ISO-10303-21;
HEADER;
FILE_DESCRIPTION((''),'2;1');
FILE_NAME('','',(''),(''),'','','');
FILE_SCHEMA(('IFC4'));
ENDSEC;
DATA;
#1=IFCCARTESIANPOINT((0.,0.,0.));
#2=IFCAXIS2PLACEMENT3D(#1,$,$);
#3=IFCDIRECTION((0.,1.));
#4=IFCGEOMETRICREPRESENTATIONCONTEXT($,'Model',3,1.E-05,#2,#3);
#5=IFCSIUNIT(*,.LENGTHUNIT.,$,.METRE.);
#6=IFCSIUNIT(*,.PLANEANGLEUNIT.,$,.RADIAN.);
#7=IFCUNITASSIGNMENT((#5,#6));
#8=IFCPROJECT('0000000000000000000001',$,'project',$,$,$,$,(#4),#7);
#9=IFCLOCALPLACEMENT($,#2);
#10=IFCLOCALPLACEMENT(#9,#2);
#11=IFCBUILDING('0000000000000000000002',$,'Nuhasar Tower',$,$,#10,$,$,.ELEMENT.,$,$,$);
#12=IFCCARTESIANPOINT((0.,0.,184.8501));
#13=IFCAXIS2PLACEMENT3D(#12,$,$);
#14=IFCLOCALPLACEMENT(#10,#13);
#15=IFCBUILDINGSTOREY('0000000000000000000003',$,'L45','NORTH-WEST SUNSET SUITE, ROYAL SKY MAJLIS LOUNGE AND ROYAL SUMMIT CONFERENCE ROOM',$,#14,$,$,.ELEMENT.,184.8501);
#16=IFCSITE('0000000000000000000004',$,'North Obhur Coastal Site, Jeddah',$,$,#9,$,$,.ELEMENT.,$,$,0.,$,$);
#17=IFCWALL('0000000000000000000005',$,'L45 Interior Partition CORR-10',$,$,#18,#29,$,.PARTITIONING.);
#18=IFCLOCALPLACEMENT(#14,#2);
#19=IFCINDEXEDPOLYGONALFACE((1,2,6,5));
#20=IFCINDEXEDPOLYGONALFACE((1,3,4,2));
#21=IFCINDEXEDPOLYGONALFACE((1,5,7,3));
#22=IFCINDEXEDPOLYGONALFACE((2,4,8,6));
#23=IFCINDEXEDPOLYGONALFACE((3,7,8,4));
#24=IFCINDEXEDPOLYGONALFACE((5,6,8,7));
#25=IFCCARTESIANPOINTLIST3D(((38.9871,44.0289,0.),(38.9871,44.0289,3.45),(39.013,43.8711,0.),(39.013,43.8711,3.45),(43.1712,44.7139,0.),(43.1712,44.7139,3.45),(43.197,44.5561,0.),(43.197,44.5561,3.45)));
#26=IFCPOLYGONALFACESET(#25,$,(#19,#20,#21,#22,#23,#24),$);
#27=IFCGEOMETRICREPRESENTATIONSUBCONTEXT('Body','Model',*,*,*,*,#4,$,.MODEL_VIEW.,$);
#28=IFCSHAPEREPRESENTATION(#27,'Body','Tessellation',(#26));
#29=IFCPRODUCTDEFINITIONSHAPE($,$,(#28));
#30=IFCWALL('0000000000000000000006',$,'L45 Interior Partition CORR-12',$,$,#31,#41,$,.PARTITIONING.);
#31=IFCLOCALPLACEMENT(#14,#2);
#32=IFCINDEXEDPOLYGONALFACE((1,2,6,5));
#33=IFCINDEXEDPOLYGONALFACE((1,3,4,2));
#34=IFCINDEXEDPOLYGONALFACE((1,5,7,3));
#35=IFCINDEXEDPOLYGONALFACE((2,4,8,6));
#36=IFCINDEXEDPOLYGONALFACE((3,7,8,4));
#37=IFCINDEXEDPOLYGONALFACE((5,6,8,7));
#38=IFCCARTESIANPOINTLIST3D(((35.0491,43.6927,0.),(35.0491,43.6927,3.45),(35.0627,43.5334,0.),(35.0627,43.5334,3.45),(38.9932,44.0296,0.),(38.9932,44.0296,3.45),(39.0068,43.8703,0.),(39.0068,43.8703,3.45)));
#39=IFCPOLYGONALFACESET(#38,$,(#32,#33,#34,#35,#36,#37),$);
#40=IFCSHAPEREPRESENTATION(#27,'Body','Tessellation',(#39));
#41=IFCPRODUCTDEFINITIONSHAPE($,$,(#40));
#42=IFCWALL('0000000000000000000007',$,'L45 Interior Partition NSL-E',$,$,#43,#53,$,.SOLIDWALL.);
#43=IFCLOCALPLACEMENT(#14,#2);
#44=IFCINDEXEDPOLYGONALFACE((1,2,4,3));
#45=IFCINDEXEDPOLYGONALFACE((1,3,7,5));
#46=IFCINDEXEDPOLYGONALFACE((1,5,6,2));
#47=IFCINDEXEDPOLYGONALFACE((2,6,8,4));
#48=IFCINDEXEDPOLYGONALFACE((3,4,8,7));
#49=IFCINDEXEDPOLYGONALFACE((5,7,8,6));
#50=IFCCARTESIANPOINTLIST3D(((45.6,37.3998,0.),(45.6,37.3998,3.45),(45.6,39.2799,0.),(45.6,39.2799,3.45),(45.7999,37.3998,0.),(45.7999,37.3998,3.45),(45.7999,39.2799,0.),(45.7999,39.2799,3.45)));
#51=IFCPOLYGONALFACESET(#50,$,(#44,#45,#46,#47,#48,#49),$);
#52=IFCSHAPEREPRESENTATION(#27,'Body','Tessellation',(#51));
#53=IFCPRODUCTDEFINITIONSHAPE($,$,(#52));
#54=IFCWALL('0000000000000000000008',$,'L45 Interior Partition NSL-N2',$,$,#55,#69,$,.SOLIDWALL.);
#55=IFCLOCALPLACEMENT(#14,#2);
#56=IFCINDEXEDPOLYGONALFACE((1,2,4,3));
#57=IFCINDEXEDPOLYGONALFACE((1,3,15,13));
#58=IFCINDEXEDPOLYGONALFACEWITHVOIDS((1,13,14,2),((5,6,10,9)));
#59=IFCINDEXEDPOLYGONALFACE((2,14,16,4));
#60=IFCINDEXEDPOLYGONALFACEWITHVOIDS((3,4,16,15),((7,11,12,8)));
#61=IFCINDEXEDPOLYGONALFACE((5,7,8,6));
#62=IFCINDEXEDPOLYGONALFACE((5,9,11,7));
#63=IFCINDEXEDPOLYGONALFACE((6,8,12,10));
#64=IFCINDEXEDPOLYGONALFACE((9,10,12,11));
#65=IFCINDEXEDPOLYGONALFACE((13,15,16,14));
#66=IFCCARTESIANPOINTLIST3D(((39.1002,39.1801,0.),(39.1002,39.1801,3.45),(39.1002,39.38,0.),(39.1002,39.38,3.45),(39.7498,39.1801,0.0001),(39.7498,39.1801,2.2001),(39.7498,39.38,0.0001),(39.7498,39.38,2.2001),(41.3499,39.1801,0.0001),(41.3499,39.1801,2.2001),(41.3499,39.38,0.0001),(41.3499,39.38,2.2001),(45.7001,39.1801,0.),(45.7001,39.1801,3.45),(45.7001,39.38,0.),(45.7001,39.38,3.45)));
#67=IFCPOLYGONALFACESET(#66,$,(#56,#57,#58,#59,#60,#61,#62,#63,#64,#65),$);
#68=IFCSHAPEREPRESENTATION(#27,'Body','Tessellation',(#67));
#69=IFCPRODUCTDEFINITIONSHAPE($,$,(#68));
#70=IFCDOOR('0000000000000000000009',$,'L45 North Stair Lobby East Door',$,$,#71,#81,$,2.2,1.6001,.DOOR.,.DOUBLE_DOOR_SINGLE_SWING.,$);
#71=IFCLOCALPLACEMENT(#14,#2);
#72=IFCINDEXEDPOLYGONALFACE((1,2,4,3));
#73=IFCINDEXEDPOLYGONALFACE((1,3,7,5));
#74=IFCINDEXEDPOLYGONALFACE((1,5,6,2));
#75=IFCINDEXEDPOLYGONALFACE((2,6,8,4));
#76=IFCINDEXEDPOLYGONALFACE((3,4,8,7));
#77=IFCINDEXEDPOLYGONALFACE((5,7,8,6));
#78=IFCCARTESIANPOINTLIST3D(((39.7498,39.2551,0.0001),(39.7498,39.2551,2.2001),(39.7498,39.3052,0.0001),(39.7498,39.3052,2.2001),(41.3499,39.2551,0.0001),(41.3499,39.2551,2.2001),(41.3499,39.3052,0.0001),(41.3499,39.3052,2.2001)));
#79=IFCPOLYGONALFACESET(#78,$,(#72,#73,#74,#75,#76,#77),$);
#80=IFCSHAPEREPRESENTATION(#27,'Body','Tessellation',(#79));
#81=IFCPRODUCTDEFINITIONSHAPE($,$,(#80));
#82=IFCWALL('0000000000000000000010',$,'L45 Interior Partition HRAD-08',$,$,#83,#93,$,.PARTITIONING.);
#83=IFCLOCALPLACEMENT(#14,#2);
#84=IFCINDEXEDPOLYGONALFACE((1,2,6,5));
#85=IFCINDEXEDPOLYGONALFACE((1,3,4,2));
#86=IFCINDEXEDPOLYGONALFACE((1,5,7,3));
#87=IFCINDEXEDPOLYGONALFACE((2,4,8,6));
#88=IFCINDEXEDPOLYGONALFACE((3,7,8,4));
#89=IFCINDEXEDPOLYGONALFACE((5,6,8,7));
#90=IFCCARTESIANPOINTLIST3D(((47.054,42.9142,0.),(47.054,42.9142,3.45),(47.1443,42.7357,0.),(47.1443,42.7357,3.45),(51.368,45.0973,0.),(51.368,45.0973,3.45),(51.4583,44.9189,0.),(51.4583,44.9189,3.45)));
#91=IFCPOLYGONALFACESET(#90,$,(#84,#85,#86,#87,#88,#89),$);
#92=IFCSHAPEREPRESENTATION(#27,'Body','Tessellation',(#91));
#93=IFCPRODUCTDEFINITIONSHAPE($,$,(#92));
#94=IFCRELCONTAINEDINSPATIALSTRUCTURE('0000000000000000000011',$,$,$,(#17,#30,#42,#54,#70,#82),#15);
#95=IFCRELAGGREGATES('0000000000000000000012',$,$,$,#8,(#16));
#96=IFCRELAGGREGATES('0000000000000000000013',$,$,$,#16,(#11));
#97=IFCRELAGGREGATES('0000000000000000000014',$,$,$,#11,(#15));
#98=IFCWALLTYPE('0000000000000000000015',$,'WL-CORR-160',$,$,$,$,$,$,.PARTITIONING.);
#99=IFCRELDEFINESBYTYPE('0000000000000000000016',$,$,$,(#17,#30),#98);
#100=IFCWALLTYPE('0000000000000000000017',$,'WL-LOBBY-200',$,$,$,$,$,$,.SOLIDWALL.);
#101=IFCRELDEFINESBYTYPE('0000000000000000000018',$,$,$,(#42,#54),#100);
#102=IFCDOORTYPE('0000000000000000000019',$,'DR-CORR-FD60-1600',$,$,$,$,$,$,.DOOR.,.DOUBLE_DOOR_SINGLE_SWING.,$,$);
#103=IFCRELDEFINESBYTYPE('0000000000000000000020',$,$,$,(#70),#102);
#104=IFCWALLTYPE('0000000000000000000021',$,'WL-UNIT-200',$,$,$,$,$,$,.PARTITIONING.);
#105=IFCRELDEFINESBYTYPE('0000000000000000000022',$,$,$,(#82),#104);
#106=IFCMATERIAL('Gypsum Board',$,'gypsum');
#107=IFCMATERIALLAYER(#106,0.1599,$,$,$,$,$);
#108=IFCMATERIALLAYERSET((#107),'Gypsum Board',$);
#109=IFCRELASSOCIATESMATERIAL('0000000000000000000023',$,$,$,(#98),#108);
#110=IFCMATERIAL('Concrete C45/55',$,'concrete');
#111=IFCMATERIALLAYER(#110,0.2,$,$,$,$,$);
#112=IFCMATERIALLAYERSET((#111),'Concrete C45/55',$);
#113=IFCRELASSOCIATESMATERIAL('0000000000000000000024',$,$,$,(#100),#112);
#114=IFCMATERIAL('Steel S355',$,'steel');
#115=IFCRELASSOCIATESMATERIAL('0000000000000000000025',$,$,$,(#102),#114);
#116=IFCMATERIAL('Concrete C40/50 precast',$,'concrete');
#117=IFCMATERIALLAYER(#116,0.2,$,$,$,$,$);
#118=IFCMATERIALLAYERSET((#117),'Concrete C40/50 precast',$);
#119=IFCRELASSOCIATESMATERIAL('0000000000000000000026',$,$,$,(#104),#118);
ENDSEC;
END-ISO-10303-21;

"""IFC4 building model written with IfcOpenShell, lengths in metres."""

from ifc_helpers import new_model, si_unit, direction, frame, frame_2d, origin, place, context, subcontext, project, spatial, rectangle, extrude, material, layer, layer_set, type_object, element, fill, save


model = new_model("IFC4")

# Units and contexts
model_context = context("Model", 3, precision=1e-05, world=origin(), true_north=direction((0.0, 1.0)))
body_context = subcontext(model_context, "Body", "Model", "MODEL_VIEW")
ifc_project = project(units=[si_unit("LENGTHUNIT", "METRE"), si_unit("PLANEANGLEUNIT", "RADIAN")], contexts=[model_context])

# Site, building, storey
site_placement = place(None, origin())
site = spatial("IfcSite", under=ifc_project, at=site_placement, Name="North Obhur Coastal Site, Jeddah", CompositionType="ELEMENT", RefElevation=0.0)
building_placement = place(site_placement, origin())
building = spatial("IfcBuilding", under=site, at=building_placement, Name="Nuhasar Tower", CompositionType="ELEMENT")
storey_placement = place(building_placement, frame((0.0, 0.0, 184.8501)))
storey = spatial("IfcBuildingStorey", under=building, at=storey_placement, Name="L45", Description="NORTH-WEST SUNSET SUITE, ROYAL SKY MAJLIS LOUNGE AND ROYAL SUMMIT CONFERENCE ROOM", CompositionType="ELEMENT", Elevation=184.8501)

# Shared definitions
ifc_material_1 = material(Name="Steel S355", Category="steel")

# Shared definitions
ifc_material_2 = material(Name="Gypsum Board", Category="gypsum")
ifc_layer_1 = layer(ifc_material_2, 0.1599)
ifc_layer_set_1 = layer_set([ifc_layer_1], Name="Gypsum Board")
wall_type_1 = type_object("IfcWallType", Name="WL-CORR-160", PredefinedType="PARTITIONING", material=ifc_layer_set_1)

# Walls
wall_1_placement = place(storey_placement, frame((43.1841, 44.635, 0.0), z_axis=(0.0, 0.0, 1.0), x_axis=(-0.98686, -0.161578, 0.0)))
element("IfcWall", 1, at=wall_1_placement, inside=storey, type_object=wall_type_1, Name="L45 Interior Partition CORR-10", PredefinedType="PARTITIONING", context=body_context, shape_type="SweptSolid", body=[
    extrude(rectangle(XDim=4.2397, YDim=0.1599, at=frame_2d((2.1199, 0.0))), origin(), (0.0, 0.0, 1.0), 3.45),
])
wall_2_placement = place(storey_placement, frame((39.0, 43.95, 0.0), z_axis=(0.0, 0.0, 1.0), x_axis=(-0.996371, -0.085113, 0.0)))
element("IfcWall", 2, at=wall_2_placement, inside=storey, type_object=wall_type_1, Name="L45 Interior Partition CORR-12", PredefinedType="PARTITIONING", context=body_context, shape_type="SweptSolid", body=[
    extrude(rectangle(XDim=3.9585, YDim=0.1599, at=frame_2d((1.9792, 0.0))), origin(), (0.0, 0.0, 1.0), 3.45),
])
ifc_material_3 = material(Name="Concrete C45/55", Category="concrete")
ifc_layer_2 = layer(ifc_material_3, 0.2)
ifc_layer_set_2 = layer_set([ifc_layer_2], Name="Concrete C45/55")
wall_type_2 = type_object("IfcWallType", Name="WL-LOBBY-200", PredefinedType="SOLIDWALL", material=ifc_layer_set_2)
wall_3_placement = place(storey_placement, frame((45.7, 37.3999, 0.0), z_axis=(0.0, 0.0, 1.0), x_axis=(0.0, 1.0, 0.0)))
element("IfcWall", 3, at=wall_3_placement, inside=storey, type_object=wall_type_2, Name="L45 Interior Partition NSL-E", PredefinedType="SOLIDWALL", context=body_context, shape_type="SweptSolid", body=[
    extrude(rectangle(XDim=1.8801, YDim=0.2, at=frame_2d((0.9399, 0.0))), origin(), (0.0, 0.0, 1.0), 3.45),
])

# Wall, opening, door
wall_4_placement = place(storey_placement, frame((45.7, 39.28, 0.0), z_axis=(0.0, 0.0, 1.0), x_axis=(-1.0, 0.0, 0.0)))
wall_4 = element("IfcWall", 4, at=wall_4_placement, inside=storey, type_object=wall_type_2, Name="L45 Interior Partition NSL-N2", PredefinedType="SOLIDWALL", context=body_context, shape_type="SweptSolid", body=[
    extrude(rectangle(XDim=6.5999, YDim=0.2, at=frame_2d((3.2998, 0.0))), origin(), (0.0, 0.0, 1.0), 3.45),
])
opening_1_placement = place(wall_4_placement, frame((4.3501, 0.0, 0.0)))
opening_1 = element("IfcOpeningElement", 5, at=opening_1_placement, cuts=wall_4, PredefinedType="OPENING", context=body_context, shape_type="SweptSolid", body=[
    extrude(rectangle(XDim=1.6001, YDim=2.2, at=frame_2d((0.8, 1.1001))), frame((0.0, 0.1099, 0.0), z_axis=(0.0, -1.0, 0.0), x_axis=(1.0, 0.0, 0.0)), (0.0, 0.0, 1.0), 0.22),
])
door_type_1 = type_object("IfcDoorType", Name="DR-CORR-FD60-1600", OperationType="DOUBLE_DOOR_SINGLE_SWING", PredefinedType="DOOR", material=ifc_material_1)
door_1_placement = place(opening_1_placement, origin())
door_1 = element("IfcDoor", 6, at=door_1_placement, inside=storey, type_object=door_type_1, Name="L45 North Stair Lobby East Door", OperationType="DOUBLE_DOOR_SINGLE_SWING", OverallHeight=2.2, OverallWidth=1.6001, PredefinedType="DOOR", context=body_context, shape_type="SweptSolid", body=[
    extrude(rectangle(XDim=1.6001, YDim=2.2, at=frame_2d((0.8, 1.1001))), frame((0.0, 0.0249, 0.0), z_axis=(0.0, -1.0, 0.0), x_axis=(1.0, 0.0, 0.0)), (0.0, 0.0, 1.0), 0.05),
])
fill(opening_1, door_1)

# Wall
ifc_material_4 = material(Name="Concrete C40/50 precast", Category="concrete")
ifc_layer_3 = layer(ifc_material_4, 0.2)
ifc_layer_set_3 = layer_set([ifc_layer_3], Name="Concrete C40/50 precast")
wall_type_3 = type_object("IfcWallType", Name="WL-UNIT-200", PredefinedType="PARTITIONING", material=ifc_layer_set_3)
wall_5_placement = place(storey_placement, frame((47.0991, 42.825, 0.0), z_axis=(0.0, 0.0, 1.0), x_axis=(0.892256, 0.451531, 0.0)))
element("IfcWall", 7, at=wall_5_placement, inside=storey, type_object=wall_type_3, Name="L45 Interior Partition HRAD-08", PredefinedType="PARTITIONING", context=body_context, shape_type="SweptSolid", body=[
    extrude(rectangle(XDim=4.835, YDim=0.2, at=frame_2d((2.4175, 0.0))), origin(), (0.0, 0.0, 1.0), 3.45),
])

save(model, "model.ifc")
